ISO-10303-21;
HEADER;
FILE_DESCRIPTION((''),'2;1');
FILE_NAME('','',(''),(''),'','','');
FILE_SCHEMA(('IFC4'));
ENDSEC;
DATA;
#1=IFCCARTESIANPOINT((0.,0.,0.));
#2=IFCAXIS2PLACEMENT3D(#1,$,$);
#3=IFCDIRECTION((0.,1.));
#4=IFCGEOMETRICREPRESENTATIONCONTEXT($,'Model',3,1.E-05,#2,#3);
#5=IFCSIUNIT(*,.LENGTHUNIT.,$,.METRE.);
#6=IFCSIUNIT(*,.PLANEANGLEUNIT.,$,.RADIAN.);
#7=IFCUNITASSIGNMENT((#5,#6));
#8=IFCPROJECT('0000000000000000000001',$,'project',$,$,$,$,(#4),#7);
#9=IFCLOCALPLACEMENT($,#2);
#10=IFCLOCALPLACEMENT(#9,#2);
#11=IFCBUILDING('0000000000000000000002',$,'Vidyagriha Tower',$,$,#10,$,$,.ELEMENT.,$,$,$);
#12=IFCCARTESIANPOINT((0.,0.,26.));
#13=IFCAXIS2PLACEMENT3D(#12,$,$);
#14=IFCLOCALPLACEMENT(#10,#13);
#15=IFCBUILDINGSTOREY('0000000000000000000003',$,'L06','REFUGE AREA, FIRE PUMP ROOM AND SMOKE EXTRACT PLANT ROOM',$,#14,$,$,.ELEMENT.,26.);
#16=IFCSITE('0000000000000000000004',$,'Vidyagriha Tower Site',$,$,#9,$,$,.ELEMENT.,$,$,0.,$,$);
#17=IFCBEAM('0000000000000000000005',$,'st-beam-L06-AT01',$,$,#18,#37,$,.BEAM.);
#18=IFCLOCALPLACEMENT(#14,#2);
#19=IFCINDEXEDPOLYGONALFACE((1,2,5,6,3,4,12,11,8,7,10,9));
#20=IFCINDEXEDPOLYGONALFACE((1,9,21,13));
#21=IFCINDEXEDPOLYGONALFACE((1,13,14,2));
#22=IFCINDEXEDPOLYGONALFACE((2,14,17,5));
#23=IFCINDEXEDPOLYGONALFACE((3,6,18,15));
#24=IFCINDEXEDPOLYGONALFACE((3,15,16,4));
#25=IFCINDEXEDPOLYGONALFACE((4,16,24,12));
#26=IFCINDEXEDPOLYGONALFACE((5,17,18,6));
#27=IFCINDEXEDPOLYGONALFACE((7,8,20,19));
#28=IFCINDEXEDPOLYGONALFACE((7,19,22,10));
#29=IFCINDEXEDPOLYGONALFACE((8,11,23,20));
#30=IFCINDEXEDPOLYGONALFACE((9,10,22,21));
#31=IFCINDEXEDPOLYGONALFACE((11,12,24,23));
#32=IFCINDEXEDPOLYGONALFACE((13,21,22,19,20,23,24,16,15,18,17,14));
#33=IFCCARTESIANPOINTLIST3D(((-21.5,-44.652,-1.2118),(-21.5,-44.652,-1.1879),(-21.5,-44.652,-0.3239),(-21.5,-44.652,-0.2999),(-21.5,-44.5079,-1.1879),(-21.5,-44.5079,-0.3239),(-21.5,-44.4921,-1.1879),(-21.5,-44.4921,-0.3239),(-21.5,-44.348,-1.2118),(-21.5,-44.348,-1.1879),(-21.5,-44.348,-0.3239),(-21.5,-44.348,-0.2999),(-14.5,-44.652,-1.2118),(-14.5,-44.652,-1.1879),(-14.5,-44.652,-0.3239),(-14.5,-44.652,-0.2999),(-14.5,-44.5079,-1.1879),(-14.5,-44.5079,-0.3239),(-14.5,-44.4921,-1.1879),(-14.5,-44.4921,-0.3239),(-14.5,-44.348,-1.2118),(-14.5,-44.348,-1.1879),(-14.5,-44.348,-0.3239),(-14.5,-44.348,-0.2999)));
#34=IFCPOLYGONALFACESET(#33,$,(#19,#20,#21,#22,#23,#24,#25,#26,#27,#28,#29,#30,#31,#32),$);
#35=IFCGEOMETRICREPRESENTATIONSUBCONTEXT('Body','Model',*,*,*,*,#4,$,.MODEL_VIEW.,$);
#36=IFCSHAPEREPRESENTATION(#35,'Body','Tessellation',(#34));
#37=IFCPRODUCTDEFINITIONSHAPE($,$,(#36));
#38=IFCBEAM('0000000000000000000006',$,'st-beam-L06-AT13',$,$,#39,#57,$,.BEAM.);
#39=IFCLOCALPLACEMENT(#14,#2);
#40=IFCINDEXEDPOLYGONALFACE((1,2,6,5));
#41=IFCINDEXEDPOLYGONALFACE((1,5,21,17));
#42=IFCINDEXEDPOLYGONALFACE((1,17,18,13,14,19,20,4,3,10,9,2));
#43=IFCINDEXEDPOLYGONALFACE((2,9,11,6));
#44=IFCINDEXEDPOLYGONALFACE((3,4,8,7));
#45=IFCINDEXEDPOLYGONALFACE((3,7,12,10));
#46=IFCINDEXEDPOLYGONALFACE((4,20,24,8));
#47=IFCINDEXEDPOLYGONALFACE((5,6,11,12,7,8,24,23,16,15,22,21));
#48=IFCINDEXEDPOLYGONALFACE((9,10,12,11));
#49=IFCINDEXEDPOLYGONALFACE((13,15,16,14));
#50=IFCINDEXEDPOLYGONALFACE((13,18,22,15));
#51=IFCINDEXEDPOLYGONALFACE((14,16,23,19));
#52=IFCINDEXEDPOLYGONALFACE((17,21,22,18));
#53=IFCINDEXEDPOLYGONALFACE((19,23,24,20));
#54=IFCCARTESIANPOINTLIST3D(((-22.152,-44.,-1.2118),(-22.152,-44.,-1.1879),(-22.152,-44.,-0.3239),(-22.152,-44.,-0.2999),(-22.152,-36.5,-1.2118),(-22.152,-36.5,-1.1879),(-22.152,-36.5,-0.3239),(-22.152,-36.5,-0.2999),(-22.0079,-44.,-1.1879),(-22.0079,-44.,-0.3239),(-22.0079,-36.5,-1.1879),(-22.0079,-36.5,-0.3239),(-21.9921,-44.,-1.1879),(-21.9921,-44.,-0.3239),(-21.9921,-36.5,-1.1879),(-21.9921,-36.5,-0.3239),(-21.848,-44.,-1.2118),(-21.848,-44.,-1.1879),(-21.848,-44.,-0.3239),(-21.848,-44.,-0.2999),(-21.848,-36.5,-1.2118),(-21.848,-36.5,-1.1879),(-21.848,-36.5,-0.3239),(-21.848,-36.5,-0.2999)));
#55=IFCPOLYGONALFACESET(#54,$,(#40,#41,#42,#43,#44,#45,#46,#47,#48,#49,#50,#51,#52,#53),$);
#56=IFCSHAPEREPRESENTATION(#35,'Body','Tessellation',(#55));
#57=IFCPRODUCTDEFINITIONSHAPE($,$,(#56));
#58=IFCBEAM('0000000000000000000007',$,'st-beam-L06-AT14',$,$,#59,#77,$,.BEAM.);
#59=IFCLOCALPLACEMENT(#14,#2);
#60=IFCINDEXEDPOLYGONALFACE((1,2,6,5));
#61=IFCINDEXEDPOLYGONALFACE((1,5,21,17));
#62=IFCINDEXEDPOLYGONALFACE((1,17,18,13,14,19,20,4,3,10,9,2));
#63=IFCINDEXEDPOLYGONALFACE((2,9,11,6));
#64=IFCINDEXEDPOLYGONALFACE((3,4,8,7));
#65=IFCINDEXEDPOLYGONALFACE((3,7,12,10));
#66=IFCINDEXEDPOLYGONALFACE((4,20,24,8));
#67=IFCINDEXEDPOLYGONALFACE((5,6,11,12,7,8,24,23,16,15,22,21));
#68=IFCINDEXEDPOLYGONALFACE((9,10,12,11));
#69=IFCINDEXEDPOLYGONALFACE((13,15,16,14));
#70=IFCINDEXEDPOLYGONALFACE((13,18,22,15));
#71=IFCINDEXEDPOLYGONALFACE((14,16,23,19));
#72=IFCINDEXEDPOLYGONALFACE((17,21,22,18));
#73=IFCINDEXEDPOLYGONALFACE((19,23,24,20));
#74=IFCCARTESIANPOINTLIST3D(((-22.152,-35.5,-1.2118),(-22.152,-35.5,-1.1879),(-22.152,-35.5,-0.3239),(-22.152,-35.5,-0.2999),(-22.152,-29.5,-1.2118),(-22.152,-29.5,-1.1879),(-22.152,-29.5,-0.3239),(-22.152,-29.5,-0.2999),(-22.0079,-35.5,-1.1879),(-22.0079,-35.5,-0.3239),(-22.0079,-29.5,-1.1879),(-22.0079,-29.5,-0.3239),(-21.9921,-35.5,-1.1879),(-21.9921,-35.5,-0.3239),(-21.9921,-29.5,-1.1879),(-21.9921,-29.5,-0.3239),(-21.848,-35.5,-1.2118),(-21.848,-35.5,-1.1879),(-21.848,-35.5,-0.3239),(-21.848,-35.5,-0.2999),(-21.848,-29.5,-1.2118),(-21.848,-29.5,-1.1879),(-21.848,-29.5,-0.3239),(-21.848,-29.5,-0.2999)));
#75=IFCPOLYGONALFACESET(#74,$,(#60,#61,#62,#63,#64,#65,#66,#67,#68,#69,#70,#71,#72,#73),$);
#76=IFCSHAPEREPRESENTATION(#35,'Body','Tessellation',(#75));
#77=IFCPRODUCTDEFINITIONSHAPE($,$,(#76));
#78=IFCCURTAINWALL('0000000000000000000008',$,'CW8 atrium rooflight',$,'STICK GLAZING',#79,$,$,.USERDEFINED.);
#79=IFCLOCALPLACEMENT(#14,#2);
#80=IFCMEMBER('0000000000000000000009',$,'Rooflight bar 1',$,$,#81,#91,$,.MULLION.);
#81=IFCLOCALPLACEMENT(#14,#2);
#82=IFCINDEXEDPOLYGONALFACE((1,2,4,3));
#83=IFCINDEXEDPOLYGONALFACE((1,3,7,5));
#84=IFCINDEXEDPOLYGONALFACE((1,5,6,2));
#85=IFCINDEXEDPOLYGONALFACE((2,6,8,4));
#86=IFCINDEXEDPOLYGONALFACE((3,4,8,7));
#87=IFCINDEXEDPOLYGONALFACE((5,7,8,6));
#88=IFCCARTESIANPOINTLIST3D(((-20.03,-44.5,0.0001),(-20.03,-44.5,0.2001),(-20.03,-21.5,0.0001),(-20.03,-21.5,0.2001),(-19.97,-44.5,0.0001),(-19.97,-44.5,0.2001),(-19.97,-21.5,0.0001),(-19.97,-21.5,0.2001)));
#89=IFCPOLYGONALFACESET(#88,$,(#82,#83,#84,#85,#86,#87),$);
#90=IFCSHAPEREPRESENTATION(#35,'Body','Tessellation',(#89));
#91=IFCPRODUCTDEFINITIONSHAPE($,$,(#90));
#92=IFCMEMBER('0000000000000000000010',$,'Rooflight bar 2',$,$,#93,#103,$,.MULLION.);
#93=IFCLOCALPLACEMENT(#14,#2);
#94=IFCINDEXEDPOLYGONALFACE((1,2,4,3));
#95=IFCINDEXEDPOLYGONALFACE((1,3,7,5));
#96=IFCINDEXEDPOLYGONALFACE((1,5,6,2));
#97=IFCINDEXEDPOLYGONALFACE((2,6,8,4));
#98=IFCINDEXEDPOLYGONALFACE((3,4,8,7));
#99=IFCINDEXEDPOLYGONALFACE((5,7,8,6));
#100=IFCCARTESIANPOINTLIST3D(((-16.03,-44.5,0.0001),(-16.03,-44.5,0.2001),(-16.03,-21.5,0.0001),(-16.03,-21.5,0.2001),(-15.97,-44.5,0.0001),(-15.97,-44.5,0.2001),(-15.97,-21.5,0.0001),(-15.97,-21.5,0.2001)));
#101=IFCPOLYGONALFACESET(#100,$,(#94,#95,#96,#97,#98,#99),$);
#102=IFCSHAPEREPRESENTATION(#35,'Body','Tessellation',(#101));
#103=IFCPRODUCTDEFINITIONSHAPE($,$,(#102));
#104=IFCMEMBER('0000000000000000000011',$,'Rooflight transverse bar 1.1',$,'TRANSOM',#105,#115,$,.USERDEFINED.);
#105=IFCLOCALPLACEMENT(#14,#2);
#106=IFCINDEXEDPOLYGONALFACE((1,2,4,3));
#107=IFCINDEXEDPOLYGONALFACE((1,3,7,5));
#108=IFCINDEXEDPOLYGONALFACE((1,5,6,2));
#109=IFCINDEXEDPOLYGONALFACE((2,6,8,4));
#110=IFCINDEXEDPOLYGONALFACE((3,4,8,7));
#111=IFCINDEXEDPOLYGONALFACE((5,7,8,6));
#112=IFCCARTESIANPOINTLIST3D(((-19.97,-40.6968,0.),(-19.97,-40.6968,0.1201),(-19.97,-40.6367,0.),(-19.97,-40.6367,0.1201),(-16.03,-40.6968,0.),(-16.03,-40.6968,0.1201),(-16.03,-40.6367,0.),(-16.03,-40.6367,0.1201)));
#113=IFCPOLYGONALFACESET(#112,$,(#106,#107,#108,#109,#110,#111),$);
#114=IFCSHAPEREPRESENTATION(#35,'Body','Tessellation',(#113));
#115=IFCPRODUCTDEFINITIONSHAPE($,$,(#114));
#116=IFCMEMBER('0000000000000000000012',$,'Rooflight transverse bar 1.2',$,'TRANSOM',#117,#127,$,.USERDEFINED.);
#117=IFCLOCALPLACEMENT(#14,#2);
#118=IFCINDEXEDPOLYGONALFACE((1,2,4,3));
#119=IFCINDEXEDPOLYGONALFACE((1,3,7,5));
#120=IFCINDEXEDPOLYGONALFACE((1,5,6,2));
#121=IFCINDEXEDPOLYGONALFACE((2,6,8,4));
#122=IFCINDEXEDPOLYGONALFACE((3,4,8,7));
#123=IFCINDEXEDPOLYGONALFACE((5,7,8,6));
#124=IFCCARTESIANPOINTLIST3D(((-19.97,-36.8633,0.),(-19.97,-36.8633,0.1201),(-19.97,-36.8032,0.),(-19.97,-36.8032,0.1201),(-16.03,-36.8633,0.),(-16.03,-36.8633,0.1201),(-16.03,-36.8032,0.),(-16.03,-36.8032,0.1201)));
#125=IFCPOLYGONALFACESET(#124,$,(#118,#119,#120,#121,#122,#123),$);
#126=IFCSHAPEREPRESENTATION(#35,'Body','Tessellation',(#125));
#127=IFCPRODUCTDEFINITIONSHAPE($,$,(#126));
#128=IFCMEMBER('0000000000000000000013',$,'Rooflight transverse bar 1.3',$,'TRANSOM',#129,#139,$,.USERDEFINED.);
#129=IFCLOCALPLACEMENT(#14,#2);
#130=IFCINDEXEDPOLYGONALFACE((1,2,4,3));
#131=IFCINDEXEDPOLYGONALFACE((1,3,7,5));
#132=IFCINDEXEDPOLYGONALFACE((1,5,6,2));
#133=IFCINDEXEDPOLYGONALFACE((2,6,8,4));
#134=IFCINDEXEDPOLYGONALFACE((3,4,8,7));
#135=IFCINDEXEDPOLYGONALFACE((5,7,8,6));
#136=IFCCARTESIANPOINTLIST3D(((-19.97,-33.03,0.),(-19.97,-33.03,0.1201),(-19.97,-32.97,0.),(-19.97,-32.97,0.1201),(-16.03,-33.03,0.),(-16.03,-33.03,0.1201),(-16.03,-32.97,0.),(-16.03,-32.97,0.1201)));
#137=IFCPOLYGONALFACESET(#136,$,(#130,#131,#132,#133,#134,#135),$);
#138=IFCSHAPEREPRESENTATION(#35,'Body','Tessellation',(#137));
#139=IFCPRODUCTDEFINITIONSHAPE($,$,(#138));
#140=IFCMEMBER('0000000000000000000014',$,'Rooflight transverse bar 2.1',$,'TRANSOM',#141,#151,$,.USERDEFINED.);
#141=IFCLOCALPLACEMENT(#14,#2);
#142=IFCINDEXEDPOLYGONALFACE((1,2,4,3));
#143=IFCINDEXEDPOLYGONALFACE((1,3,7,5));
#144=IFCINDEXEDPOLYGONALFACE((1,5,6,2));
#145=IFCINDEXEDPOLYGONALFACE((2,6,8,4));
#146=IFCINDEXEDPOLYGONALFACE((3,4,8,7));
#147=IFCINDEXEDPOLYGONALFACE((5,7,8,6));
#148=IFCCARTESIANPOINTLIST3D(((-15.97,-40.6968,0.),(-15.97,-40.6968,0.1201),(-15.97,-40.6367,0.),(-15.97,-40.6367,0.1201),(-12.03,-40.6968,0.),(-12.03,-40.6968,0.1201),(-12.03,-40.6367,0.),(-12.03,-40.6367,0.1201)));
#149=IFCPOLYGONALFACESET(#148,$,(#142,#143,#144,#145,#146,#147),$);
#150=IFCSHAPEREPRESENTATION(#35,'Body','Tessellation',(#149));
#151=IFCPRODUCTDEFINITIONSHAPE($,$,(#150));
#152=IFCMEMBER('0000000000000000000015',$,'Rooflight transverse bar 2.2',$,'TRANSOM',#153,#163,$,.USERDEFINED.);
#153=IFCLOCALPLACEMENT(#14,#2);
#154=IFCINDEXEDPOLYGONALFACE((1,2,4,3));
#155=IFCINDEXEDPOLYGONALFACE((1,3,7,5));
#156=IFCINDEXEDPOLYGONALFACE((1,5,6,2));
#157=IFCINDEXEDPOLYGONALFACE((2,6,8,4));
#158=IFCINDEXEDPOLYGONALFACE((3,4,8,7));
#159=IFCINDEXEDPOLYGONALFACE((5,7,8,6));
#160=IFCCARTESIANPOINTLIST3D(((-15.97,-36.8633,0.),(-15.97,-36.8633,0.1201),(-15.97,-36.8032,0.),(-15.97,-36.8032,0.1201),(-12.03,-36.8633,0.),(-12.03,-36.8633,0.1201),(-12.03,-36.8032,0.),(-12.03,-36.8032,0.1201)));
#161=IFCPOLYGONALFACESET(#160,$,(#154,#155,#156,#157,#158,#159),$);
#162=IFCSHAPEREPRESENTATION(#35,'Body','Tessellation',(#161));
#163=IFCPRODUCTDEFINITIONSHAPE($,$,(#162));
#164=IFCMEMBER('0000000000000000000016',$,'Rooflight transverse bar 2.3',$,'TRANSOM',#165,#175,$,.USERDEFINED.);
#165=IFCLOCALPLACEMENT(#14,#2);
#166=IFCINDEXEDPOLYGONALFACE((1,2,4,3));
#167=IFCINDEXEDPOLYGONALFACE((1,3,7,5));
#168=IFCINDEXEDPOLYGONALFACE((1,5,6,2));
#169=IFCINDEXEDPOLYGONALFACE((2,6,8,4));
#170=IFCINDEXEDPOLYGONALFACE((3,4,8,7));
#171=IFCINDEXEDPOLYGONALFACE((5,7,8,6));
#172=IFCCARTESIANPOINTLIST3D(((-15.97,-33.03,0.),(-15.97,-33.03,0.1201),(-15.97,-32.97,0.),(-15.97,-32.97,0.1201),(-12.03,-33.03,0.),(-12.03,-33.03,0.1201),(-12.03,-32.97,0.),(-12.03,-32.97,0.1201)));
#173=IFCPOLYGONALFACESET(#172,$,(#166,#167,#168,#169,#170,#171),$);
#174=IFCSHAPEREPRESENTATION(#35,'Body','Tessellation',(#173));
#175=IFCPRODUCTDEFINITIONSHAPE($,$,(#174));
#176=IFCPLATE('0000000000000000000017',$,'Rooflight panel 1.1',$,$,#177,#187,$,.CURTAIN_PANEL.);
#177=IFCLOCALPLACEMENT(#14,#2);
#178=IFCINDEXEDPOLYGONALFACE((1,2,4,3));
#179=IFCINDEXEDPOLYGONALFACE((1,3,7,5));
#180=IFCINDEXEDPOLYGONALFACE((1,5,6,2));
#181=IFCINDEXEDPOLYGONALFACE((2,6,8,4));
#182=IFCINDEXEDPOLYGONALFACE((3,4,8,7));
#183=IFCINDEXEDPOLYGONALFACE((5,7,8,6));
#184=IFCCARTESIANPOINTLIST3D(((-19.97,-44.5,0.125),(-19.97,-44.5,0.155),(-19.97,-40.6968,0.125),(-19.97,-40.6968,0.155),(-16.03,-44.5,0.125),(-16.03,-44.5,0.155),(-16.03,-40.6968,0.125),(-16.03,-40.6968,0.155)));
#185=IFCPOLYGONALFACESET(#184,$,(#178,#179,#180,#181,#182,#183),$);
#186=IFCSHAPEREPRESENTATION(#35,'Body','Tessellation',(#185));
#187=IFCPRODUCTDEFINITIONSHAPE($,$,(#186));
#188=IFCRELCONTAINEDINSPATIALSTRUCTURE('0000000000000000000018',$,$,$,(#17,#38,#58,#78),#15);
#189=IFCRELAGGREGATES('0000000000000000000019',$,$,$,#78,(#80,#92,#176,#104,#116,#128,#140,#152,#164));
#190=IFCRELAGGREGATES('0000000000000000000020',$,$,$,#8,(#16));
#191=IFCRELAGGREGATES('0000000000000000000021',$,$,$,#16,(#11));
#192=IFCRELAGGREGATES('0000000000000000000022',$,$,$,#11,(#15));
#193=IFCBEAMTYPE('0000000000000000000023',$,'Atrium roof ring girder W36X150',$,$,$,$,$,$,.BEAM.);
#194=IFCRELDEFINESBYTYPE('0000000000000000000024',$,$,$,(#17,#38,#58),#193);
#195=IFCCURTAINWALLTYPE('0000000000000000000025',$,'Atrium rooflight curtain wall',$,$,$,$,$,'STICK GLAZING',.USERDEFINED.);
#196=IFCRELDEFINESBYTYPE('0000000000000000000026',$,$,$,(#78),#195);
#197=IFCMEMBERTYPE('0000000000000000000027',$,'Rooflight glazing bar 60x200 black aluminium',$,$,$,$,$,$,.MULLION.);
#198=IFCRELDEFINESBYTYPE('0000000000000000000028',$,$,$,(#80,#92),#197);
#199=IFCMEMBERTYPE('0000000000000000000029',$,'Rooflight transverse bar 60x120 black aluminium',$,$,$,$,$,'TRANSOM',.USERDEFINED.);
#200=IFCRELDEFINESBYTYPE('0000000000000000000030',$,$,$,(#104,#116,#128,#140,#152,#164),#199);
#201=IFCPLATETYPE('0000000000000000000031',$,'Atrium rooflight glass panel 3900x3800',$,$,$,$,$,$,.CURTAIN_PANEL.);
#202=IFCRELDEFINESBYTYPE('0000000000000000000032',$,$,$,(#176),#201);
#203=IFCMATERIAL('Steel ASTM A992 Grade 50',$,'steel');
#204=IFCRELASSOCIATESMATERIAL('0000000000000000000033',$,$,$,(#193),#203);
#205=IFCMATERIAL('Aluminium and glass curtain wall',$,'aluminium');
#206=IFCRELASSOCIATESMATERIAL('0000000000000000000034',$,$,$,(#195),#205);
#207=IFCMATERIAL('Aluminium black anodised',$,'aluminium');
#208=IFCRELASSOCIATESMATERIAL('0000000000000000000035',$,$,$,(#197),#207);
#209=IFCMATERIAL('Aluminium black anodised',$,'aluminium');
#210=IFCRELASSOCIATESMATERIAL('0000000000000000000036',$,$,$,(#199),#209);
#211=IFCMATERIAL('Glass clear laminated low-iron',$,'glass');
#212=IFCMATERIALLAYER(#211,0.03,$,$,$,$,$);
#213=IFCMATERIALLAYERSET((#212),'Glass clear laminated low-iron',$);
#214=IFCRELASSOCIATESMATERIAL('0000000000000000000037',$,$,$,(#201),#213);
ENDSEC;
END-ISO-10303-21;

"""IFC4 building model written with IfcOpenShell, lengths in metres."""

from ifc_helpers import new_model, si_unit, direction, frame, origin, origin_2d, place, context, subcontext, project, spatial, rectangle, i_section, extrude, material, layer, layer_set, material_profile, profile_set, type_object, element, aggregate, save


model = new_model("IFC4")

# Units and contexts
model_context = context("Model", 3, precision=1e-05, world=origin(), true_north=direction((0.0, 1.0)))
body_context = subcontext(model_context, "Body", "Model", "MODEL_VIEW")
ifc_project = project(units=[si_unit("LENGTHUNIT", "METRE"), si_unit("PLANEANGLEUNIT", "RADIAN")], contexts=[model_context])

# Site, building, storey
site_placement = place(None, origin())
site = spatial("IfcSite", under=ifc_project, at=site_placement, Name="Vidyagriha Tower Site", CompositionType="ELEMENT", RefElevation=0.0)
building_placement = place(site_placement, origin())
building = spatial("IfcBuilding", under=site, at=building_placement, Name="Vidyagriha Tower", CompositionType="ELEMENT")
storey_placement = place(building_placement, frame((0.0, 0.0, 26.0)))
storey = spatial("IfcBuildingStorey", under=building, at=storey_placement, Name="L06", Description="REFUGE AREA, FIRE PUMP ROOM AND SMOKE EXTRACT PLANT ROOM", CompositionType="ELEMENT", Elevation=26.0)

# Beams
ifc_material_1 = material(Name="Steel ASTM A992 Grade 50", Category="steel")
ifc_material_profile_1 = material_profile(ifc_material_1, i_section(OverallWidth=0.304, OverallDepth=0.9119, WebThickness=0.0159, FlangeThickness=0.0239, at=origin_2d()), Name="W36X150")
ifc_profile_set_1 = profile_set([ifc_material_profile_1], Name="Steel ASTM A992 Grade 50")
beam_type = type_object("IfcBeamType", Name="Atrium roof ring girder W36X150", PredefinedType="BEAM", material=ifc_profile_set_1)
beam_1_placement = place(storey_placement, frame((-21.5, -44.5, -0.7559), z_axis=(1.0, 0.0, 0.0), x_axis=(0.0, 1.0, 0.0)))
element("IfcBeam", 1, at=beam_1_placement, inside=storey, type_object=beam_type, Name="st-beam-L06-AT01", PredefinedType="BEAM", context=body_context, shape_type="SweptSolid", body=[
    extrude(i_section(OverallWidth=0.304, OverallDepth=0.9119, WebThickness=0.0159, FlangeThickness=0.0239, at=origin_2d()), origin(), (0.0, 0.0, 1.0), 7.0),
])
beam_2_placement = place(storey_placement, frame((-22.0, -44.0, -0.7559), z_axis=(0.0, 1.0, 0.0), x_axis=(-1.0, 0.0, 0.0)))
element("IfcBeam", 2, at=beam_2_placement, inside=storey, type_object=beam_type, Name="st-beam-L06-AT13", PredefinedType="BEAM", context=body_context, shape_type="SweptSolid", body=[
    extrude(i_section(OverallWidth=0.304, OverallDepth=0.9119, WebThickness=0.0159, FlangeThickness=0.0239, at=origin_2d()), origin(), (0.0, 0.0, 1.0), 7.5),
])
beam_3_placement = place(storey_placement, frame((-22.0, -35.5, -0.7559), z_axis=(0.0, 1.0, 0.0), x_axis=(-1.0, 0.0, 0.0)))
element("IfcBeam", 3, at=beam_3_placement, inside=storey, type_object=beam_type, Name="st-beam-L06-AT14", PredefinedType="BEAM", context=body_context, shape_type="SweptSolid", body=[
    extrude(i_section(OverallWidth=0.304, OverallDepth=0.9119, WebThickness=0.0159, FlangeThickness=0.0239, at=origin_2d()), origin(), (0.0, 0.0, 1.0), 6.0),
])

# Curtain wall, members, plate
ifc_material_2 = material(Name="Aluminium and glass curtain wall", Category="aluminium")
curtain_wall_type = type_object("IfcCurtainWallType", Name="Atrium rooflight curtain wall", ElementType="STICK GLAZING", PredefinedType="USERDEFINED", material=ifc_material_2)
curtain_wall_placement = place(storey_placement, origin())
curtain_wall = element("IfcCurtainWall", 4, at=curtain_wall_placement, inside=storey, type_object=curtain_wall_type, Name="CW8 atrium rooflight", ObjectType="STICK GLAZING", PredefinedType="USERDEFINED")
ifc_material_3 = material(Name="Aluminium black anodised", Category="aluminium")
ifc_material_profile_2 = material_profile(ifc_material_3, rectangle(XDim=0.0601, YDim=0.2, at=origin_2d()), Name="Rooflight glazing bar 60x200 black aluminium")
ifc_profile_set_2 = profile_set([ifc_material_profile_2], Name="Aluminium black anodised")
member_type_1 = type_object("IfcMemberType", Name="Rooflight glazing bar 60x200 black aluminium", PredefinedType="MULLION", material=ifc_profile_set_2)
member_1_placement = place(storey_placement, frame((-20.0, -44.5, 0.1001), z_axis=(0.0, 1.0, 0.0), x_axis=(-1.0, 0.0, 0.0)))
member_1 = element("IfcMember", 5, at=member_1_placement, type_object=member_type_1, Name="Rooflight bar 1", PredefinedType="MULLION", context=body_context, shape_type="SweptSolid", body=[
    extrude(rectangle(XDim=0.0601, YDim=0.2, at=origin_2d()), origin(), (0.0, 0.0, 1.0), 23.0),
])
member_2_placement = place(storey_placement, frame((-16.0, -44.5, 0.1001), z_axis=(0.0, 1.0, 0.0), x_axis=(-1.0, 0.0, 0.0)))
member_2 = element("IfcMember", 6, at=member_2_placement, type_object=member_type_1, Name="Rooflight bar 2", PredefinedType="MULLION", context=body_context, shape_type="SweptSolid", body=[
    extrude(rectangle(XDim=0.0601, YDim=0.2, at=origin_2d()), origin(), (0.0, 0.0, 1.0), 23.0),
])
ifc_material_4 = material(Name="Aluminium black anodised", Category="aluminium")
ifc_material_profile_3 = material_profile(ifc_material_4, rectangle(XDim=0.0601, YDim=0.1201, at=origin_2d()), Name="Rooflight transverse bar 60x120 black aluminium")
ifc_profile_set_3 = profile_set([ifc_material_profile_3], Name="Aluminium black anodised")
member_type_2 = type_object("IfcMemberType", Name="Rooflight transverse bar 60x120 black aluminium", ElementType="TRANSOM", PredefinedType="USERDEFINED", material=ifc_profile_set_3)
member_3_placement = place(storey_placement, frame((-19.97, -40.6667, 0.0601), z_axis=(1.0, 0.0, 0.0), x_axis=(0.0, 1.0, 0.0)))
member_3 = element("IfcMember", 7, at=member_3_placement, type_object=member_type_2, Name="Rooflight transverse bar 1.1", ObjectType="TRANSOM", PredefinedType="USERDEFINED", context=body_context, shape_type="SweptSolid", body=[
    extrude(rectangle(XDim=0.0601, YDim=0.1201, at=origin_2d()), origin(), (0.0, 0.0, 1.0), 3.9399),
])
member_4_placement = place(storey_placement, frame((-19.97, -36.8333, 0.0601), z_axis=(1.0, 0.0, 0.0), x_axis=(0.0, 1.0, 0.0)))
member_4 = element("IfcMember", 8, at=member_4_placement, type_object=member_type_2, Name="Rooflight transverse bar 1.2", ObjectType="TRANSOM", PredefinedType="USERDEFINED", context=body_context, shape_type="SweptSolid", body=[
    extrude(rectangle(XDim=0.0601, YDim=0.1201, at=origin_2d()), origin(), (0.0, 0.0, 1.0), 3.9399),
])
member_5_placement = place(storey_placement, frame((-19.97, -33.0, 0.0601), z_axis=(1.0, 0.0, 0.0), x_axis=(0.0, 1.0, 0.0)))
member_5 = element("IfcMember", 9, at=member_5_placement, type_object=member_type_2, Name="Rooflight transverse bar 1.3", ObjectType="TRANSOM", PredefinedType="USERDEFINED", context=body_context, shape_type="SweptSolid", body=[
    extrude(rectangle(XDim=0.0601, YDim=0.1201, at=origin_2d()), origin(), (0.0, 0.0, 1.0), 3.9399),
])
member_6_placement = place(storey_placement, frame((-15.97, -40.6667, 0.0601), z_axis=(1.0, 0.0, 0.0), x_axis=(0.0, 1.0, 0.0)))
member_6 = element("IfcMember", 10, at=member_6_placement, type_object=member_type_2, Name="Rooflight transverse bar 2.1", ObjectType="TRANSOM", PredefinedType="USERDEFINED", context=body_context, shape_type="SweptSolid", body=[
    extrude(rectangle(XDim=0.0601, YDim=0.1201, at=origin_2d()), origin(), (0.0, 0.0, 1.0), 3.9399),
])
member_7_placement = place(storey_placement, frame((-15.97, -36.8333, 0.0601), z_axis=(1.0, 0.0, 0.0), x_axis=(0.0, 1.0, 0.0)))
member_7 = element("IfcMember", 11, at=member_7_placement, type_object=member_type_2, Name="Rooflight transverse bar 2.2", ObjectType="TRANSOM", PredefinedType="USERDEFINED", context=body_context, shape_type="SweptSolid", body=[
    extrude(rectangle(XDim=0.0601, YDim=0.1201, at=origin_2d()), origin(), (0.0, 0.0, 1.0), 3.9399),
])
member_8_placement = place(storey_placement, frame((-15.97, -33.0, 0.0601), z_axis=(1.0, 0.0, 0.0), x_axis=(0.0, 1.0, 0.0)))
member_8 = element("IfcMember", 12, at=member_8_placement, type_object=member_type_2, Name="Rooflight transverse bar 2.3", ObjectType="TRANSOM", PredefinedType="USERDEFINED", context=body_context, shape_type="SweptSolid", body=[
    extrude(rectangle(XDim=0.0601, YDim=0.1201, at=origin_2d()), origin(), (0.0, 0.0, 1.0), 3.9399),
])
ifc_material_5 = material(Name="Glass clear laminated low-iron", Category="glass")
ifc_layer_1 = layer(ifc_material_5, 0.03)
ifc_layer_set_1 = layer_set([ifc_layer_1], Name="Glass clear laminated low-iron")
plate_type = type_object("IfcPlateType", Name="Atrium rooflight glass panel 3900x3800", PredefinedType="CURTAIN_PANEL", material=ifc_layer_set_1)
plate_1_placement = place(storey_placement, frame((-18.0, -42.5984, 0.125)))
plate_1 = element("IfcPlate", 13, at=plate_1_placement, type_object=plate_type, Name="Rooflight panel 1.1", PredefinedType="CURTAIN_PANEL", context=body_context, shape_type="SweptSolid", body=[
    extrude(rectangle(XDim=3.9399, YDim=3.8032, at=origin_2d()), origin(), (0.0, 0.0, 1.0), 0.03),
])
aggregate(curtain_wall, [member_1, member_2, plate_1, member_3, member_4, member_5, member_6, member_7, member_8])

save(model, "model.ifc")
